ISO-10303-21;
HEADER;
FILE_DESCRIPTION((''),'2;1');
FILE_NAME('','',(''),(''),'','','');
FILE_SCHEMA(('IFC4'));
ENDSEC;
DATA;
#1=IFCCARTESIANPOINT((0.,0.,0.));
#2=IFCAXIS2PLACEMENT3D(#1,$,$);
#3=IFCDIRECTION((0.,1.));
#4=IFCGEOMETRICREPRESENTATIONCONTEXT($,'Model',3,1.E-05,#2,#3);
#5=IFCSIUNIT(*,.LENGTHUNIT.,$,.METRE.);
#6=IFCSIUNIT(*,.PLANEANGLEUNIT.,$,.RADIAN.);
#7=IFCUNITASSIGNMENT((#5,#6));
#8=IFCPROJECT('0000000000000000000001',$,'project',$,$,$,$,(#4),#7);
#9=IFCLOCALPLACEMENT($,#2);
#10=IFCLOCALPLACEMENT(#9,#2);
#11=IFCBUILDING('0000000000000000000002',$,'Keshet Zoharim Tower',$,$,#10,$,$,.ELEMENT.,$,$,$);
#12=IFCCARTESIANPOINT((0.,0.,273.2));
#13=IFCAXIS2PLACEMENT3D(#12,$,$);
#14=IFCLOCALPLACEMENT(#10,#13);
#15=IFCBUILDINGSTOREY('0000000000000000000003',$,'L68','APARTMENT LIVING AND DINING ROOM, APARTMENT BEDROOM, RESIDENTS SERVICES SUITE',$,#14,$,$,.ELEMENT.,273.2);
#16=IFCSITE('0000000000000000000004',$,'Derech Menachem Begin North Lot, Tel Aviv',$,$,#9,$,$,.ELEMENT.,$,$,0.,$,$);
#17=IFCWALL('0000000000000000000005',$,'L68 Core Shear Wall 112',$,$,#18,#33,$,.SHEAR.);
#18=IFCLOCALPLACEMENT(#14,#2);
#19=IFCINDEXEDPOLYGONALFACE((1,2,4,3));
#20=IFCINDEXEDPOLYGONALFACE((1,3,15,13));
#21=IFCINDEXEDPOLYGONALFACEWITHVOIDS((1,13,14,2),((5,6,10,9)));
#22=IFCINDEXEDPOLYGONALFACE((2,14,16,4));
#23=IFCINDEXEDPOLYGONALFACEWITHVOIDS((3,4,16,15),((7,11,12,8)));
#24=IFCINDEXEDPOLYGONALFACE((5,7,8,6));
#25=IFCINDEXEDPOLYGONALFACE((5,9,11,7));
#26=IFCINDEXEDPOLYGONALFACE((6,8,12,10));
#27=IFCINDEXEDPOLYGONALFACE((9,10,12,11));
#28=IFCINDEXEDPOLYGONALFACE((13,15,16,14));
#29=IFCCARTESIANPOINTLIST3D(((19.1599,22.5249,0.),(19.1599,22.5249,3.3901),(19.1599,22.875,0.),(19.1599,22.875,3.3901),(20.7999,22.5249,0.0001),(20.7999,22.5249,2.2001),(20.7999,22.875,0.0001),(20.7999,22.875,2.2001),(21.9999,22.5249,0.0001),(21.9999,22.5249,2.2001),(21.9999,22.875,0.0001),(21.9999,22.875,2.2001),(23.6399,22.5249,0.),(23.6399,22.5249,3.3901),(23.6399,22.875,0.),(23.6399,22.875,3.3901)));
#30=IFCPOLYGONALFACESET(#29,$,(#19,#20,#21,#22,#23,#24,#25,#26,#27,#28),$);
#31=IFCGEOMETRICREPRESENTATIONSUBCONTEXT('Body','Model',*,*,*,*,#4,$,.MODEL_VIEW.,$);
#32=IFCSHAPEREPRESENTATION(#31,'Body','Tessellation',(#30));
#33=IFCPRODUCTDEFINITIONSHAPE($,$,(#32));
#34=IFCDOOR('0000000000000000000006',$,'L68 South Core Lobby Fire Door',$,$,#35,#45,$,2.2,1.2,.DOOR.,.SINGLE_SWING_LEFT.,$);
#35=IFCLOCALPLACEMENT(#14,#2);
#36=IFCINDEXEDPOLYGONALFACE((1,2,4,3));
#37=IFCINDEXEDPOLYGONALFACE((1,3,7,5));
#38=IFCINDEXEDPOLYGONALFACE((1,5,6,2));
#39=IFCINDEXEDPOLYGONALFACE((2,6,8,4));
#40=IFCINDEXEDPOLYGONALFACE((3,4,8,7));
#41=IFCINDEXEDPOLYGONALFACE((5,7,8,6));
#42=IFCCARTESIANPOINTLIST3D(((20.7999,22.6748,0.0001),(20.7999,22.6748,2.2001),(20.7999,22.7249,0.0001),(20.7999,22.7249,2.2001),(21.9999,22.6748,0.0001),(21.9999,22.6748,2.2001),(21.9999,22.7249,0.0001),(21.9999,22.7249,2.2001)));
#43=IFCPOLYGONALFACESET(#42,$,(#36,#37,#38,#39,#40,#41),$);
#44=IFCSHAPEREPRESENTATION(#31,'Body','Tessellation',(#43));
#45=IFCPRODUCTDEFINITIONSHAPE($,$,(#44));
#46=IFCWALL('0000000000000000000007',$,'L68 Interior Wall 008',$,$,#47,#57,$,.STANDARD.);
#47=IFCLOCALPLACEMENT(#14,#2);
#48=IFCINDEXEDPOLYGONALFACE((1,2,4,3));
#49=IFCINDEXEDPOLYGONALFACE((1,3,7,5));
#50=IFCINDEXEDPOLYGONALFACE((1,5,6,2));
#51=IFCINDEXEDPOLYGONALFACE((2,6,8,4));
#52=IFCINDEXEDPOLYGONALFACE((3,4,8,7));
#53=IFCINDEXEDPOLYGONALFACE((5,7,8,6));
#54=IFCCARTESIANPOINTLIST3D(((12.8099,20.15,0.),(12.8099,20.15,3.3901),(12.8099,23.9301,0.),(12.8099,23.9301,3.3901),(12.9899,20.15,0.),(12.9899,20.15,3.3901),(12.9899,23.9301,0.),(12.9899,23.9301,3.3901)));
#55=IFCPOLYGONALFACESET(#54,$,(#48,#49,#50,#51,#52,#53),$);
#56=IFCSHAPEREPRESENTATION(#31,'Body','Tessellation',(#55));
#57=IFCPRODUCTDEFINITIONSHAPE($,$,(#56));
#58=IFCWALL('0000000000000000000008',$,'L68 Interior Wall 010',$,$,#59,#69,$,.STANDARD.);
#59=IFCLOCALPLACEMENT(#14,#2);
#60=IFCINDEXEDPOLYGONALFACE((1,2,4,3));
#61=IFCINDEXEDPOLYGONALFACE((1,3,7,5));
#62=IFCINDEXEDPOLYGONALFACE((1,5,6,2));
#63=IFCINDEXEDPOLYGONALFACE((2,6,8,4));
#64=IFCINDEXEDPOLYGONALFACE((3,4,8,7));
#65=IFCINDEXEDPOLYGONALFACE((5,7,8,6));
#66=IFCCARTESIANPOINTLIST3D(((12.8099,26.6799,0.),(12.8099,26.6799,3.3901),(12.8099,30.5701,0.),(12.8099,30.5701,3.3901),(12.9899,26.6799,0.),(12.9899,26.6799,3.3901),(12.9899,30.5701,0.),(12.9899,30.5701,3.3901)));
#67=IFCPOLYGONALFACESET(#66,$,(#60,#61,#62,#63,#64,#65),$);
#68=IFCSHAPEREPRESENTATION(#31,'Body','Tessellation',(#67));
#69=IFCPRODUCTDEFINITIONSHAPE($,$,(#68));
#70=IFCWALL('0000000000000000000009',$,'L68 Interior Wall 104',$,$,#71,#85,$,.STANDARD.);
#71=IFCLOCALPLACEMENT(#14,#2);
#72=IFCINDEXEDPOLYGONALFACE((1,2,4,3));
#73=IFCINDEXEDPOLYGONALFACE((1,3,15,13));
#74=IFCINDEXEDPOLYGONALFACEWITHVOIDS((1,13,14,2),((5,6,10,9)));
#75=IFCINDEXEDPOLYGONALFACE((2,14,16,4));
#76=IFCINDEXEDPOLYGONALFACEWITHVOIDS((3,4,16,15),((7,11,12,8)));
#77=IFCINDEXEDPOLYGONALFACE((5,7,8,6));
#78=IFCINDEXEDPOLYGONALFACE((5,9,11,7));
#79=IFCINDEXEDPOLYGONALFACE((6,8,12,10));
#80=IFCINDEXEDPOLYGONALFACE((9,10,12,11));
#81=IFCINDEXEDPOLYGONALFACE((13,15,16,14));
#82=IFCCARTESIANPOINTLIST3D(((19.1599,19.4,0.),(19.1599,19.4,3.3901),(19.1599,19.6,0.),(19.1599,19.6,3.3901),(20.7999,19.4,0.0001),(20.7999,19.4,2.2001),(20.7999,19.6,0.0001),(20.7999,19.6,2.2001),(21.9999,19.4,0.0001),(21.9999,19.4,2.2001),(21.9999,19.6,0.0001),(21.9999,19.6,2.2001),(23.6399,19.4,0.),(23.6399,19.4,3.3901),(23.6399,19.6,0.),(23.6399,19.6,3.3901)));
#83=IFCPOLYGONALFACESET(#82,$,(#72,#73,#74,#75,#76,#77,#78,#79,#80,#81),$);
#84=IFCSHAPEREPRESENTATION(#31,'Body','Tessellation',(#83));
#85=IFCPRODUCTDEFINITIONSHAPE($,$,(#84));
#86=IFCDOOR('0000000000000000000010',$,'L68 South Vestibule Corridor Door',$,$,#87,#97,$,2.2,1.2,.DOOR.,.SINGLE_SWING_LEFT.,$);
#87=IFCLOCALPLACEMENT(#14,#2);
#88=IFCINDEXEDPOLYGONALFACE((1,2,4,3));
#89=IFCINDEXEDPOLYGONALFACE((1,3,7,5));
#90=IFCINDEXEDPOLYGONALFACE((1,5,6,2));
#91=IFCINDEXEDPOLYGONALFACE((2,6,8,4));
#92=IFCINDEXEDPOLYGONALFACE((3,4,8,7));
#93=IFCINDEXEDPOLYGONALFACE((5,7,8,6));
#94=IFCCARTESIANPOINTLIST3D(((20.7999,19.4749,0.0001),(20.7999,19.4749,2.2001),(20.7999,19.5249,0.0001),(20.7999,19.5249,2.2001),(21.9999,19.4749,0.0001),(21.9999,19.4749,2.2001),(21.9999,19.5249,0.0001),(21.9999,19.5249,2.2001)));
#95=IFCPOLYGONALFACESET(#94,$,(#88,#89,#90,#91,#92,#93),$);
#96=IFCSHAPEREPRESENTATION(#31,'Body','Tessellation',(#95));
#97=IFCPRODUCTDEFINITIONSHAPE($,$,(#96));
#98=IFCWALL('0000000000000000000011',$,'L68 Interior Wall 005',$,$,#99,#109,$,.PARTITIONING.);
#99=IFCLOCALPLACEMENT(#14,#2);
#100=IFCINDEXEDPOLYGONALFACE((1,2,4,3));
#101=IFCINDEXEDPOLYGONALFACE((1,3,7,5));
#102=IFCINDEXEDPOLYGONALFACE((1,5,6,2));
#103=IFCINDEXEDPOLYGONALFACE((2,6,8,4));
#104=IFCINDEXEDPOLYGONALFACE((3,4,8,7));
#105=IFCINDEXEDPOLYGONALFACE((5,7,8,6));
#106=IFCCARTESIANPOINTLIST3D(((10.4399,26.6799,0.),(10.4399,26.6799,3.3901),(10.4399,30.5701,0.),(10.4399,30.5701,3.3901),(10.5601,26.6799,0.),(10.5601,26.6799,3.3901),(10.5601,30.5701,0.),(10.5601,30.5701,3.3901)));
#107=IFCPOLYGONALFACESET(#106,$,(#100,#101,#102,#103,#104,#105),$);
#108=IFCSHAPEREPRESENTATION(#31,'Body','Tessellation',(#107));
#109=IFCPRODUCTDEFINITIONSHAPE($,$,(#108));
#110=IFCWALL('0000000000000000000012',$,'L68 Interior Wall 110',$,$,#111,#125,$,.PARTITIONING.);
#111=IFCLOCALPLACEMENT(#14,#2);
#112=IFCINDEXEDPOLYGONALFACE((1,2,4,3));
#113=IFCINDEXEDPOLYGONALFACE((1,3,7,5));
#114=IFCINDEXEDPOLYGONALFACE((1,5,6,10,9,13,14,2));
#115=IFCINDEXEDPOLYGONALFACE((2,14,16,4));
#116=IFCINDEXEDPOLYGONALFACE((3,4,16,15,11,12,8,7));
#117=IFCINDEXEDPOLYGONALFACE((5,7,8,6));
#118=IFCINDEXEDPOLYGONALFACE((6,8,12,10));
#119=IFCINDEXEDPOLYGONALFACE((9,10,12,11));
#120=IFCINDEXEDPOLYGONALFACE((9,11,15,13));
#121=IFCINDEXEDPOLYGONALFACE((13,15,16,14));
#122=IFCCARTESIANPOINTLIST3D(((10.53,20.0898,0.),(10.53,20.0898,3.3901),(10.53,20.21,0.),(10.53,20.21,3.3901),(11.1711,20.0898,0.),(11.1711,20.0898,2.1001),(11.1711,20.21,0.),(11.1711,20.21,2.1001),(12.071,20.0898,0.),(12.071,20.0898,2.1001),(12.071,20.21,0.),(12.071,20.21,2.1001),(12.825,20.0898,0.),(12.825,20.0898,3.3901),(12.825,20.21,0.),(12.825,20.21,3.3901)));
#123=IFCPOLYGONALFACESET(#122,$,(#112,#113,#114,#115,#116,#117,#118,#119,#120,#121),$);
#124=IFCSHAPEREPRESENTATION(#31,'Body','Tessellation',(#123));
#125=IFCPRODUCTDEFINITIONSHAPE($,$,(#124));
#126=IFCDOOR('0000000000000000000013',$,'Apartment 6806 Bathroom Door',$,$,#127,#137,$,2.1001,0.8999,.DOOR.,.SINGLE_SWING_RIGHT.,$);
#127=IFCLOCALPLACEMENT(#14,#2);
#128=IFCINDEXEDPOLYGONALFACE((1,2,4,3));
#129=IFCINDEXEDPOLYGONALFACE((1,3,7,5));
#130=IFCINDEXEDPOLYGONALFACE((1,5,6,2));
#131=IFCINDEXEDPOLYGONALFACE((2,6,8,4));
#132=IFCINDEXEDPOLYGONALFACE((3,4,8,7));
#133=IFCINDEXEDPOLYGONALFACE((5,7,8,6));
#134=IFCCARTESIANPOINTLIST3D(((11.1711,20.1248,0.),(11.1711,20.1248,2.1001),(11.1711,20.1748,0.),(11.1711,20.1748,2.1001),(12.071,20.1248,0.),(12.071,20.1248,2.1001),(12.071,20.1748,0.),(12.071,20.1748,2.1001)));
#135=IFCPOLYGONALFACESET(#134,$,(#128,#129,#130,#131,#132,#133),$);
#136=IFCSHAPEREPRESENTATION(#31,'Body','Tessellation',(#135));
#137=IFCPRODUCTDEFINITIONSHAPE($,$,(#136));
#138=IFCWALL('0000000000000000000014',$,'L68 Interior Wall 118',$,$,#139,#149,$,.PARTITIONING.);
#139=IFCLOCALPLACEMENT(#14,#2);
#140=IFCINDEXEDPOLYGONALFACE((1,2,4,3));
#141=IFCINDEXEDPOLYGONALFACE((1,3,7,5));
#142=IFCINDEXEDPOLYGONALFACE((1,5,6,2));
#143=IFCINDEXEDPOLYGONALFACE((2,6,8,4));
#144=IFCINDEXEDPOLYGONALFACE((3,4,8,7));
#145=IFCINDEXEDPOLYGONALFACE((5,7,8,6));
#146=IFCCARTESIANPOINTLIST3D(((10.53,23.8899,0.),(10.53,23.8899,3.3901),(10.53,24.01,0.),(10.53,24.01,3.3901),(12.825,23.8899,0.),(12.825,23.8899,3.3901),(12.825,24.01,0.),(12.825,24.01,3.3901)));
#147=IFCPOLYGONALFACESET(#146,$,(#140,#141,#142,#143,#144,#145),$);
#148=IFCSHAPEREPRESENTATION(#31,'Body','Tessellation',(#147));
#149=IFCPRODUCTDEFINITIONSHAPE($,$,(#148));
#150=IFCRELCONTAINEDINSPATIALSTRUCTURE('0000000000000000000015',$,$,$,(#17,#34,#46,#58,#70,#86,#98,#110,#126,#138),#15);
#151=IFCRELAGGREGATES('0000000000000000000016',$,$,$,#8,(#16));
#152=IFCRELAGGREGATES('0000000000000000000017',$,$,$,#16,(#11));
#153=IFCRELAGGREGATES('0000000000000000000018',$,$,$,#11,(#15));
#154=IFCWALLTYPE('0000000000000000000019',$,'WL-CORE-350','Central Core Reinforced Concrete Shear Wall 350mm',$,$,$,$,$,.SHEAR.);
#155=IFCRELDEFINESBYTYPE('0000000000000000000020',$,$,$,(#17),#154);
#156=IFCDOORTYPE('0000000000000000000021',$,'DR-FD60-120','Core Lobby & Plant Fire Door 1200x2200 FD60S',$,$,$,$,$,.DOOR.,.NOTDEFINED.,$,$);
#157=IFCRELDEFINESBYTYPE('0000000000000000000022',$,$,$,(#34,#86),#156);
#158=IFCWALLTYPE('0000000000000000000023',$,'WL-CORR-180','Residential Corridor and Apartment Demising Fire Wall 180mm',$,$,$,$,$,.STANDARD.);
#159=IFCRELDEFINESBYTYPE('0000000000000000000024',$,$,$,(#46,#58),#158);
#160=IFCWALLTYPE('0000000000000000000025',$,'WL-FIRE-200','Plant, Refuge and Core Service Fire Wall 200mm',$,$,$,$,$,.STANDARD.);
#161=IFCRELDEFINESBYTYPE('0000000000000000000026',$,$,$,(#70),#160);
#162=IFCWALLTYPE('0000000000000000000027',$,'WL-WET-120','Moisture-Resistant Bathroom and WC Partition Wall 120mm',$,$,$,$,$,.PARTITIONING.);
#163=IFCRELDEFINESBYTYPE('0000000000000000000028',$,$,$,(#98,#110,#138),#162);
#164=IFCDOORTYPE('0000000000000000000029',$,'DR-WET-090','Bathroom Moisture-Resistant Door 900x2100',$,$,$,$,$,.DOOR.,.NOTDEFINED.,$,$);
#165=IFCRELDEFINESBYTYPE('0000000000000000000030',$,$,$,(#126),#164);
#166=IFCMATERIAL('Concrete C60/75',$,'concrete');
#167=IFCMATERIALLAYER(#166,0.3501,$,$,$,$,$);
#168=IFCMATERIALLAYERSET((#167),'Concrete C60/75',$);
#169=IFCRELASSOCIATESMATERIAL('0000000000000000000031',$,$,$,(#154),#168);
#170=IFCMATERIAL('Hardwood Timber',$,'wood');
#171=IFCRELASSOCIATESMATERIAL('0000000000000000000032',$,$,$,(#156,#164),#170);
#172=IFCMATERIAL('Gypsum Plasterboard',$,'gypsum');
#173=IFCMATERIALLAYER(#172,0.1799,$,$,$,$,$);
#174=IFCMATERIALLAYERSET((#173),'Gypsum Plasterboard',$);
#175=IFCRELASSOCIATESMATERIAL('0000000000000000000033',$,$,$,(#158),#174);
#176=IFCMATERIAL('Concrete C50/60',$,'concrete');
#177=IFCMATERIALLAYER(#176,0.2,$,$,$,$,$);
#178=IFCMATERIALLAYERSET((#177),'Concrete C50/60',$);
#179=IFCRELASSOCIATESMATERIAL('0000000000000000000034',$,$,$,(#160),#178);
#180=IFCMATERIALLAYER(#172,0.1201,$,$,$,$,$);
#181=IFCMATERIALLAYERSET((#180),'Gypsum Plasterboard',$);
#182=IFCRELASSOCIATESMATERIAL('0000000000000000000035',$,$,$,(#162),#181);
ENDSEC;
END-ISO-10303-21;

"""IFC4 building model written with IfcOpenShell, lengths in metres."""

from ifc_helpers import new_model, si_unit, direction, frame, frame_2d, origin, place, context, subcontext, project, spatial, rectangle, extrude, material, layer, layer_set, type_object, element, fill, save


model = new_model("IFC4")

# Units and contexts
model_context = context("Model", 3, precision=1e-05, world=origin(), true_north=direction((0.0, 1.0)))
body_context = subcontext(model_context, "Body", "Model", "MODEL_VIEW")
ifc_project = project(units=[si_unit("LENGTHUNIT", "METRE"), si_unit("PLANEANGLEUNIT", "RADIAN")], contexts=[model_context])

# Site, building, storey
site_placement = place(None, origin())
site = spatial("IfcSite", under=ifc_project, at=site_placement, Name="Derech Menachem Begin North Lot, Tel Aviv", CompositionType="ELEMENT", RefElevation=0.0)
building_placement = place(site_placement, origin())
building = spatial("IfcBuilding", under=site, at=building_placement, Name="Keshet Zoharim Tower", CompositionType="ELEMENT")
storey_placement = place(building_placement, frame((0.0, 0.0, 273.2)))
storey = spatial("IfcBuildingStorey", under=building, at=storey_placement, Name="L68", Description="APARTMENT LIVING AND DINING ROOM, APARTMENT BEDROOM, RESIDENTS SERVICES SUITE", CompositionType="ELEMENT", Elevation=273.2)

# Shared definitions
ifc_material_1 = material(Name="Concrete C50/60", Category="concrete")

# Shared definitions
ifc_material_2 = material(Name="Concrete C60/75", Category="concrete")
ifc_layer_1 = layer(ifc_material_2, 0.3501)
ifc_layer_set_1 = layer_set([ifc_layer_1], Name="Concrete C60/75")
wall_type_1 = type_object("IfcWallType", Name="WL-CORE-350", Description="Central Core Reinforced Concrete Shear Wall 350mm", PredefinedType="SHEAR", material=ifc_layer_set_1)

# Shared definitions
ifc_material_3 = material(Name="Hardwood Timber", Category="wood")

# Wall, opening, door
wall_1_placement = place(storey_placement, frame((19.1599, 22.7, 0.0), z_axis=(0.0, 0.0, 1.0), x_axis=(1.0, 0.0, 0.0)))
wall_1 = element("IfcWall", 1, at=wall_1_placement, inside=storey, type_object=wall_type_1, Name="L68 Core Shear Wall 112", PredefinedType="SHEAR", context=body_context, shape_type="SweptSolid", body=[
    extrude(rectangle(XDim=4.48, YDim=0.3501, at=frame_2d((2.24, 0.0))), origin(), (0.0, 0.0, 1.0), 3.3901),
])
opening_1_placement = place(wall_1_placement, frame((1.6399, 0.0, 0.0)))
opening_1 = element("IfcOpeningElement", 2, at=opening_1_placement, cuts=wall_1, PredefinedType="OPENING", context=body_context, shape_type="SweptSolid", body=[
    extrude(rectangle(XDim=1.2, YDim=2.2, at=frame_2d((0.6001, 1.1001))), frame((0.0, 0.1851, 0.0), z_axis=(0.0, -1.0, 0.0), x_axis=(1.0, 0.0, 0.0)), (0.0, 0.0, 1.0), 0.3701),
])
door_type_1 = type_object("IfcDoorType", Name="DR-FD60-120", Description="Core Lobby & Plant Fire Door 1200x2200 FD60S", OperationType="NOTDEFINED", PredefinedType="DOOR", material=ifc_material_3)
door_1_placement = place(opening_1_placement, origin())
door_1 = element("IfcDoor", 3, at=door_1_placement, inside=storey, type_object=door_type_1, Name="L68 South Core Lobby Fire Door", OperationType="SINGLE_SWING_LEFT", OverallHeight=2.2, OverallWidth=1.2, PredefinedType="DOOR", context=body_context, shape_type="SweptSolid", body=[
    extrude(rectangle(XDim=1.2, YDim=2.2, at=frame_2d((0.6001, 1.1001))), frame((0.0, 0.0249, 0.0), z_axis=(0.0, -1.0, 0.0), x_axis=(1.0, 0.0, 0.0)), (0.0, 0.0, 1.0), 0.05),
])
fill(opening_1, door_1)

# Wall
ifc_material_4 = material(Name="Gypsum Plasterboard", Category="gypsum")
ifc_layer_2 = layer(ifc_material_4, 0.1799)
ifc_layer_set_2 = layer_set([ifc_layer_2], Name="Gypsum Plasterboard")
wall_type_2 = type_object("IfcWallType", Name="WL-CORR-180", Description="Residential Corridor and Apartment Demising Fire Wall 180mm", PredefinedType="STANDARD", material=ifc_layer_set_2)
wall_2_placement = place(storey_placement, frame((12.8999, 20.1499, 0.0), z_axis=(0.0, 0.0, 1.0), x_axis=(0.0, 1.0, 0.0)))
element("IfcWall", 4, at=wall_2_placement, inside=storey, type_object=wall_type_2, Name="L68 Interior Wall 008", PredefinedType="STANDARD", context=body_context, shape_type="SweptSolid", body=[
    extrude(rectangle(XDim=3.78, YDim=0.1799, at=frame_2d((1.8901, 0.0))), origin(), (0.0, 0.0, 1.0), 3.3901),
])

# Wall
wall_3_placement = place(storey_placement, frame((12.8999, 26.6799, 0.0), z_axis=(0.0, 0.0, 1.0), x_axis=(0.0, 1.0, 0.0)))
element("IfcWall", 5, at=wall_3_placement, inside=storey, type_object=wall_type_2, Name="L68 Interior Wall 010", PredefinedType="STANDARD", context=body_context, shape_type="SweptSolid", body=[
    extrude(rectangle(XDim=3.8901, YDim=0.1799, at=frame_2d((1.9451, 0.0))), origin(), (0.0, 0.0, 1.0), 3.3901),
])

# Wall, opening, door
ifc_layer_3 = layer(ifc_material_1, 0.2)
ifc_layer_set_3 = layer_set([ifc_layer_3], Name="Concrete C50/60")
wall_type_3 = type_object("IfcWallType", Name="WL-FIRE-200", Description="Plant, Refuge and Core Service Fire Wall 200mm", PredefinedType="STANDARD", material=ifc_layer_set_3)
wall_4_placement = place(storey_placement, frame((19.1599, 19.5, 0.0), z_axis=(0.0, 0.0, 1.0), x_axis=(1.0, 0.0, 0.0)))
wall_4 = element("IfcWall", 6, at=wall_4_placement, inside=storey, type_object=wall_type_3, Name="L68 Interior Wall 104", PredefinedType="STANDARD", context=body_context, shape_type="SweptSolid", body=[
    extrude(rectangle(XDim=4.48, YDim=0.2, at=frame_2d((2.24, 0.0))), origin(), (0.0, 0.0, 1.0), 3.3901),
])
opening_2_placement = place(wall_4_placement, frame((1.6399, 0.0, 0.0)))
opening_2 = element("IfcOpeningElement", 7, at=opening_2_placement, cuts=wall_4, PredefinedType="OPENING", context=body_context, shape_type="SweptSolid", body=[
    extrude(rectangle(XDim=1.2, YDim=2.2, at=frame_2d((0.6001, 1.1001))), frame((0.0, 0.1099, 0.0), z_axis=(0.0, -1.0, 0.0), x_axis=(1.0, 0.0, 0.0)), (0.0, 0.0, 1.0), 0.22),
])
door_2_placement = place(opening_2_placement, origin())
door_2 = element("IfcDoor", 8, at=door_2_placement, inside=storey, type_object=door_type_1, Name="L68 South Vestibule Corridor Door", OperationType="SINGLE_SWING_LEFT", OverallHeight=2.2, OverallWidth=1.2, PredefinedType="DOOR", context=body_context, shape_type="SweptSolid", body=[
    extrude(rectangle(XDim=1.2, YDim=2.2, at=frame_2d((0.6001, 1.1001))), frame((0.0, 0.0249, 0.0), z_axis=(0.0, -1.0, 0.0), x_axis=(1.0, 0.0, 0.0)), (0.0, 0.0, 1.0), 0.05),
])
fill(opening_2, door_2)

# Wall
ifc_layer_4 = layer(ifc_material_4, 0.1201)
ifc_layer_set_4 = layer_set([ifc_layer_4], Name="Gypsum Plasterboard")
wall_type_4 = type_object("IfcWallType", Name="WL-WET-120", Description="Moisture-Resistant Bathroom and WC Partition Wall 120mm", PredefinedType="PARTITIONING", material=ifc_layer_set_4)
wall_5_placement = place(storey_placement, frame((10.5, 26.6799, 0.0), z_axis=(0.0, 0.0, 1.0), x_axis=(0.0, 1.0, 0.0)))
element("IfcWall", 9, at=wall_5_placement, inside=storey, type_object=wall_type_4, Name="L68 Interior Wall 005", PredefinedType="PARTITIONING", context=body_context, shape_type="SweptSolid", body=[
    extrude(rectangle(XDim=3.8901, YDim=0.1201, at=frame_2d((1.9451, 0.0))), origin(), (0.0, 0.0, 1.0), 3.3901),
])

# Wall, opening, door
wall_6_placement = place(storey_placement, frame((10.53, 20.1499, 0.0), z_axis=(0.0, 0.0, 1.0), x_axis=(1.0, 0.0, 0.0)))
wall_6 = element("IfcWall", 10, at=wall_6_placement, inside=storey, type_object=wall_type_4, Name="L68 Interior Wall 110", PredefinedType="PARTITIONING", context=body_context, shape_type="SweptSolid", body=[
    extrude(rectangle(XDim=2.2949, YDim=0.1201, at=frame_2d((1.1475, 0.0))), origin(), (0.0, 0.0, 1.0), 3.3901),
])
opening_3_placement = place(wall_6_placement, frame((0.6411, 0.0, 0.0)))
opening_3 = element("IfcOpeningElement", 11, at=opening_3_placement, cuts=wall_6, PredefinedType="OPENING", context=body_context, shape_type="SweptSolid", body=[
    extrude(rectangle(XDim=0.8999, YDim=2.1001, at=frame_2d((0.45, 1.05))), frame((0.0, 0.0701, 0.0), z_axis=(0.0, -1.0, 0.0), x_axis=(1.0, 0.0, 0.0)), (0.0, 0.0, 1.0), 0.1401),
])
door_type_2 = type_object("IfcDoorType", Name="DR-WET-090", Description="Bathroom Moisture-Resistant Door 900x2100", OperationType="NOTDEFINED", PredefinedType="DOOR", material=ifc_material_3)
door_3_placement = place(opening_3_placement, origin())
door_3 = element("IfcDoor", 12, at=door_3_placement, inside=storey, type_object=door_type_2, Name="Apartment 6806 Bathroom Door", OperationType="SINGLE_SWING_RIGHT", OverallHeight=2.1001, OverallWidth=0.8999, PredefinedType="DOOR", context=body_context, shape_type="SweptSolid", body=[
    extrude(rectangle(XDim=0.8999, YDim=2.1001, at=frame_2d((0.45, 1.05))), frame((0.0, 0.0249, 0.0), z_axis=(0.0, -1.0, 0.0), x_axis=(1.0, 0.0, 0.0)), (0.0, 0.0, 1.0), 0.05),
])
fill(opening_3, door_3)

# Wall
wall_7_placement = place(storey_placement, frame((10.53, 23.95, 0.0), z_axis=(0.0, 0.0, 1.0), x_axis=(1.0, 0.0, 0.0)))
element("IfcWall", 13, at=wall_7_placement, inside=storey, type_object=wall_type_4, Name="L68 Interior Wall 118", PredefinedType="PARTITIONING", context=body_context, shape_type="SweptSolid", body=[
    extrude(rectangle(XDim=2.2949, YDim=0.1201, at=frame_2d((1.1475, 0.0))), origin(), (0.0, 0.0, 1.0), 3.3901),
])

save(model, "model.ifc")
